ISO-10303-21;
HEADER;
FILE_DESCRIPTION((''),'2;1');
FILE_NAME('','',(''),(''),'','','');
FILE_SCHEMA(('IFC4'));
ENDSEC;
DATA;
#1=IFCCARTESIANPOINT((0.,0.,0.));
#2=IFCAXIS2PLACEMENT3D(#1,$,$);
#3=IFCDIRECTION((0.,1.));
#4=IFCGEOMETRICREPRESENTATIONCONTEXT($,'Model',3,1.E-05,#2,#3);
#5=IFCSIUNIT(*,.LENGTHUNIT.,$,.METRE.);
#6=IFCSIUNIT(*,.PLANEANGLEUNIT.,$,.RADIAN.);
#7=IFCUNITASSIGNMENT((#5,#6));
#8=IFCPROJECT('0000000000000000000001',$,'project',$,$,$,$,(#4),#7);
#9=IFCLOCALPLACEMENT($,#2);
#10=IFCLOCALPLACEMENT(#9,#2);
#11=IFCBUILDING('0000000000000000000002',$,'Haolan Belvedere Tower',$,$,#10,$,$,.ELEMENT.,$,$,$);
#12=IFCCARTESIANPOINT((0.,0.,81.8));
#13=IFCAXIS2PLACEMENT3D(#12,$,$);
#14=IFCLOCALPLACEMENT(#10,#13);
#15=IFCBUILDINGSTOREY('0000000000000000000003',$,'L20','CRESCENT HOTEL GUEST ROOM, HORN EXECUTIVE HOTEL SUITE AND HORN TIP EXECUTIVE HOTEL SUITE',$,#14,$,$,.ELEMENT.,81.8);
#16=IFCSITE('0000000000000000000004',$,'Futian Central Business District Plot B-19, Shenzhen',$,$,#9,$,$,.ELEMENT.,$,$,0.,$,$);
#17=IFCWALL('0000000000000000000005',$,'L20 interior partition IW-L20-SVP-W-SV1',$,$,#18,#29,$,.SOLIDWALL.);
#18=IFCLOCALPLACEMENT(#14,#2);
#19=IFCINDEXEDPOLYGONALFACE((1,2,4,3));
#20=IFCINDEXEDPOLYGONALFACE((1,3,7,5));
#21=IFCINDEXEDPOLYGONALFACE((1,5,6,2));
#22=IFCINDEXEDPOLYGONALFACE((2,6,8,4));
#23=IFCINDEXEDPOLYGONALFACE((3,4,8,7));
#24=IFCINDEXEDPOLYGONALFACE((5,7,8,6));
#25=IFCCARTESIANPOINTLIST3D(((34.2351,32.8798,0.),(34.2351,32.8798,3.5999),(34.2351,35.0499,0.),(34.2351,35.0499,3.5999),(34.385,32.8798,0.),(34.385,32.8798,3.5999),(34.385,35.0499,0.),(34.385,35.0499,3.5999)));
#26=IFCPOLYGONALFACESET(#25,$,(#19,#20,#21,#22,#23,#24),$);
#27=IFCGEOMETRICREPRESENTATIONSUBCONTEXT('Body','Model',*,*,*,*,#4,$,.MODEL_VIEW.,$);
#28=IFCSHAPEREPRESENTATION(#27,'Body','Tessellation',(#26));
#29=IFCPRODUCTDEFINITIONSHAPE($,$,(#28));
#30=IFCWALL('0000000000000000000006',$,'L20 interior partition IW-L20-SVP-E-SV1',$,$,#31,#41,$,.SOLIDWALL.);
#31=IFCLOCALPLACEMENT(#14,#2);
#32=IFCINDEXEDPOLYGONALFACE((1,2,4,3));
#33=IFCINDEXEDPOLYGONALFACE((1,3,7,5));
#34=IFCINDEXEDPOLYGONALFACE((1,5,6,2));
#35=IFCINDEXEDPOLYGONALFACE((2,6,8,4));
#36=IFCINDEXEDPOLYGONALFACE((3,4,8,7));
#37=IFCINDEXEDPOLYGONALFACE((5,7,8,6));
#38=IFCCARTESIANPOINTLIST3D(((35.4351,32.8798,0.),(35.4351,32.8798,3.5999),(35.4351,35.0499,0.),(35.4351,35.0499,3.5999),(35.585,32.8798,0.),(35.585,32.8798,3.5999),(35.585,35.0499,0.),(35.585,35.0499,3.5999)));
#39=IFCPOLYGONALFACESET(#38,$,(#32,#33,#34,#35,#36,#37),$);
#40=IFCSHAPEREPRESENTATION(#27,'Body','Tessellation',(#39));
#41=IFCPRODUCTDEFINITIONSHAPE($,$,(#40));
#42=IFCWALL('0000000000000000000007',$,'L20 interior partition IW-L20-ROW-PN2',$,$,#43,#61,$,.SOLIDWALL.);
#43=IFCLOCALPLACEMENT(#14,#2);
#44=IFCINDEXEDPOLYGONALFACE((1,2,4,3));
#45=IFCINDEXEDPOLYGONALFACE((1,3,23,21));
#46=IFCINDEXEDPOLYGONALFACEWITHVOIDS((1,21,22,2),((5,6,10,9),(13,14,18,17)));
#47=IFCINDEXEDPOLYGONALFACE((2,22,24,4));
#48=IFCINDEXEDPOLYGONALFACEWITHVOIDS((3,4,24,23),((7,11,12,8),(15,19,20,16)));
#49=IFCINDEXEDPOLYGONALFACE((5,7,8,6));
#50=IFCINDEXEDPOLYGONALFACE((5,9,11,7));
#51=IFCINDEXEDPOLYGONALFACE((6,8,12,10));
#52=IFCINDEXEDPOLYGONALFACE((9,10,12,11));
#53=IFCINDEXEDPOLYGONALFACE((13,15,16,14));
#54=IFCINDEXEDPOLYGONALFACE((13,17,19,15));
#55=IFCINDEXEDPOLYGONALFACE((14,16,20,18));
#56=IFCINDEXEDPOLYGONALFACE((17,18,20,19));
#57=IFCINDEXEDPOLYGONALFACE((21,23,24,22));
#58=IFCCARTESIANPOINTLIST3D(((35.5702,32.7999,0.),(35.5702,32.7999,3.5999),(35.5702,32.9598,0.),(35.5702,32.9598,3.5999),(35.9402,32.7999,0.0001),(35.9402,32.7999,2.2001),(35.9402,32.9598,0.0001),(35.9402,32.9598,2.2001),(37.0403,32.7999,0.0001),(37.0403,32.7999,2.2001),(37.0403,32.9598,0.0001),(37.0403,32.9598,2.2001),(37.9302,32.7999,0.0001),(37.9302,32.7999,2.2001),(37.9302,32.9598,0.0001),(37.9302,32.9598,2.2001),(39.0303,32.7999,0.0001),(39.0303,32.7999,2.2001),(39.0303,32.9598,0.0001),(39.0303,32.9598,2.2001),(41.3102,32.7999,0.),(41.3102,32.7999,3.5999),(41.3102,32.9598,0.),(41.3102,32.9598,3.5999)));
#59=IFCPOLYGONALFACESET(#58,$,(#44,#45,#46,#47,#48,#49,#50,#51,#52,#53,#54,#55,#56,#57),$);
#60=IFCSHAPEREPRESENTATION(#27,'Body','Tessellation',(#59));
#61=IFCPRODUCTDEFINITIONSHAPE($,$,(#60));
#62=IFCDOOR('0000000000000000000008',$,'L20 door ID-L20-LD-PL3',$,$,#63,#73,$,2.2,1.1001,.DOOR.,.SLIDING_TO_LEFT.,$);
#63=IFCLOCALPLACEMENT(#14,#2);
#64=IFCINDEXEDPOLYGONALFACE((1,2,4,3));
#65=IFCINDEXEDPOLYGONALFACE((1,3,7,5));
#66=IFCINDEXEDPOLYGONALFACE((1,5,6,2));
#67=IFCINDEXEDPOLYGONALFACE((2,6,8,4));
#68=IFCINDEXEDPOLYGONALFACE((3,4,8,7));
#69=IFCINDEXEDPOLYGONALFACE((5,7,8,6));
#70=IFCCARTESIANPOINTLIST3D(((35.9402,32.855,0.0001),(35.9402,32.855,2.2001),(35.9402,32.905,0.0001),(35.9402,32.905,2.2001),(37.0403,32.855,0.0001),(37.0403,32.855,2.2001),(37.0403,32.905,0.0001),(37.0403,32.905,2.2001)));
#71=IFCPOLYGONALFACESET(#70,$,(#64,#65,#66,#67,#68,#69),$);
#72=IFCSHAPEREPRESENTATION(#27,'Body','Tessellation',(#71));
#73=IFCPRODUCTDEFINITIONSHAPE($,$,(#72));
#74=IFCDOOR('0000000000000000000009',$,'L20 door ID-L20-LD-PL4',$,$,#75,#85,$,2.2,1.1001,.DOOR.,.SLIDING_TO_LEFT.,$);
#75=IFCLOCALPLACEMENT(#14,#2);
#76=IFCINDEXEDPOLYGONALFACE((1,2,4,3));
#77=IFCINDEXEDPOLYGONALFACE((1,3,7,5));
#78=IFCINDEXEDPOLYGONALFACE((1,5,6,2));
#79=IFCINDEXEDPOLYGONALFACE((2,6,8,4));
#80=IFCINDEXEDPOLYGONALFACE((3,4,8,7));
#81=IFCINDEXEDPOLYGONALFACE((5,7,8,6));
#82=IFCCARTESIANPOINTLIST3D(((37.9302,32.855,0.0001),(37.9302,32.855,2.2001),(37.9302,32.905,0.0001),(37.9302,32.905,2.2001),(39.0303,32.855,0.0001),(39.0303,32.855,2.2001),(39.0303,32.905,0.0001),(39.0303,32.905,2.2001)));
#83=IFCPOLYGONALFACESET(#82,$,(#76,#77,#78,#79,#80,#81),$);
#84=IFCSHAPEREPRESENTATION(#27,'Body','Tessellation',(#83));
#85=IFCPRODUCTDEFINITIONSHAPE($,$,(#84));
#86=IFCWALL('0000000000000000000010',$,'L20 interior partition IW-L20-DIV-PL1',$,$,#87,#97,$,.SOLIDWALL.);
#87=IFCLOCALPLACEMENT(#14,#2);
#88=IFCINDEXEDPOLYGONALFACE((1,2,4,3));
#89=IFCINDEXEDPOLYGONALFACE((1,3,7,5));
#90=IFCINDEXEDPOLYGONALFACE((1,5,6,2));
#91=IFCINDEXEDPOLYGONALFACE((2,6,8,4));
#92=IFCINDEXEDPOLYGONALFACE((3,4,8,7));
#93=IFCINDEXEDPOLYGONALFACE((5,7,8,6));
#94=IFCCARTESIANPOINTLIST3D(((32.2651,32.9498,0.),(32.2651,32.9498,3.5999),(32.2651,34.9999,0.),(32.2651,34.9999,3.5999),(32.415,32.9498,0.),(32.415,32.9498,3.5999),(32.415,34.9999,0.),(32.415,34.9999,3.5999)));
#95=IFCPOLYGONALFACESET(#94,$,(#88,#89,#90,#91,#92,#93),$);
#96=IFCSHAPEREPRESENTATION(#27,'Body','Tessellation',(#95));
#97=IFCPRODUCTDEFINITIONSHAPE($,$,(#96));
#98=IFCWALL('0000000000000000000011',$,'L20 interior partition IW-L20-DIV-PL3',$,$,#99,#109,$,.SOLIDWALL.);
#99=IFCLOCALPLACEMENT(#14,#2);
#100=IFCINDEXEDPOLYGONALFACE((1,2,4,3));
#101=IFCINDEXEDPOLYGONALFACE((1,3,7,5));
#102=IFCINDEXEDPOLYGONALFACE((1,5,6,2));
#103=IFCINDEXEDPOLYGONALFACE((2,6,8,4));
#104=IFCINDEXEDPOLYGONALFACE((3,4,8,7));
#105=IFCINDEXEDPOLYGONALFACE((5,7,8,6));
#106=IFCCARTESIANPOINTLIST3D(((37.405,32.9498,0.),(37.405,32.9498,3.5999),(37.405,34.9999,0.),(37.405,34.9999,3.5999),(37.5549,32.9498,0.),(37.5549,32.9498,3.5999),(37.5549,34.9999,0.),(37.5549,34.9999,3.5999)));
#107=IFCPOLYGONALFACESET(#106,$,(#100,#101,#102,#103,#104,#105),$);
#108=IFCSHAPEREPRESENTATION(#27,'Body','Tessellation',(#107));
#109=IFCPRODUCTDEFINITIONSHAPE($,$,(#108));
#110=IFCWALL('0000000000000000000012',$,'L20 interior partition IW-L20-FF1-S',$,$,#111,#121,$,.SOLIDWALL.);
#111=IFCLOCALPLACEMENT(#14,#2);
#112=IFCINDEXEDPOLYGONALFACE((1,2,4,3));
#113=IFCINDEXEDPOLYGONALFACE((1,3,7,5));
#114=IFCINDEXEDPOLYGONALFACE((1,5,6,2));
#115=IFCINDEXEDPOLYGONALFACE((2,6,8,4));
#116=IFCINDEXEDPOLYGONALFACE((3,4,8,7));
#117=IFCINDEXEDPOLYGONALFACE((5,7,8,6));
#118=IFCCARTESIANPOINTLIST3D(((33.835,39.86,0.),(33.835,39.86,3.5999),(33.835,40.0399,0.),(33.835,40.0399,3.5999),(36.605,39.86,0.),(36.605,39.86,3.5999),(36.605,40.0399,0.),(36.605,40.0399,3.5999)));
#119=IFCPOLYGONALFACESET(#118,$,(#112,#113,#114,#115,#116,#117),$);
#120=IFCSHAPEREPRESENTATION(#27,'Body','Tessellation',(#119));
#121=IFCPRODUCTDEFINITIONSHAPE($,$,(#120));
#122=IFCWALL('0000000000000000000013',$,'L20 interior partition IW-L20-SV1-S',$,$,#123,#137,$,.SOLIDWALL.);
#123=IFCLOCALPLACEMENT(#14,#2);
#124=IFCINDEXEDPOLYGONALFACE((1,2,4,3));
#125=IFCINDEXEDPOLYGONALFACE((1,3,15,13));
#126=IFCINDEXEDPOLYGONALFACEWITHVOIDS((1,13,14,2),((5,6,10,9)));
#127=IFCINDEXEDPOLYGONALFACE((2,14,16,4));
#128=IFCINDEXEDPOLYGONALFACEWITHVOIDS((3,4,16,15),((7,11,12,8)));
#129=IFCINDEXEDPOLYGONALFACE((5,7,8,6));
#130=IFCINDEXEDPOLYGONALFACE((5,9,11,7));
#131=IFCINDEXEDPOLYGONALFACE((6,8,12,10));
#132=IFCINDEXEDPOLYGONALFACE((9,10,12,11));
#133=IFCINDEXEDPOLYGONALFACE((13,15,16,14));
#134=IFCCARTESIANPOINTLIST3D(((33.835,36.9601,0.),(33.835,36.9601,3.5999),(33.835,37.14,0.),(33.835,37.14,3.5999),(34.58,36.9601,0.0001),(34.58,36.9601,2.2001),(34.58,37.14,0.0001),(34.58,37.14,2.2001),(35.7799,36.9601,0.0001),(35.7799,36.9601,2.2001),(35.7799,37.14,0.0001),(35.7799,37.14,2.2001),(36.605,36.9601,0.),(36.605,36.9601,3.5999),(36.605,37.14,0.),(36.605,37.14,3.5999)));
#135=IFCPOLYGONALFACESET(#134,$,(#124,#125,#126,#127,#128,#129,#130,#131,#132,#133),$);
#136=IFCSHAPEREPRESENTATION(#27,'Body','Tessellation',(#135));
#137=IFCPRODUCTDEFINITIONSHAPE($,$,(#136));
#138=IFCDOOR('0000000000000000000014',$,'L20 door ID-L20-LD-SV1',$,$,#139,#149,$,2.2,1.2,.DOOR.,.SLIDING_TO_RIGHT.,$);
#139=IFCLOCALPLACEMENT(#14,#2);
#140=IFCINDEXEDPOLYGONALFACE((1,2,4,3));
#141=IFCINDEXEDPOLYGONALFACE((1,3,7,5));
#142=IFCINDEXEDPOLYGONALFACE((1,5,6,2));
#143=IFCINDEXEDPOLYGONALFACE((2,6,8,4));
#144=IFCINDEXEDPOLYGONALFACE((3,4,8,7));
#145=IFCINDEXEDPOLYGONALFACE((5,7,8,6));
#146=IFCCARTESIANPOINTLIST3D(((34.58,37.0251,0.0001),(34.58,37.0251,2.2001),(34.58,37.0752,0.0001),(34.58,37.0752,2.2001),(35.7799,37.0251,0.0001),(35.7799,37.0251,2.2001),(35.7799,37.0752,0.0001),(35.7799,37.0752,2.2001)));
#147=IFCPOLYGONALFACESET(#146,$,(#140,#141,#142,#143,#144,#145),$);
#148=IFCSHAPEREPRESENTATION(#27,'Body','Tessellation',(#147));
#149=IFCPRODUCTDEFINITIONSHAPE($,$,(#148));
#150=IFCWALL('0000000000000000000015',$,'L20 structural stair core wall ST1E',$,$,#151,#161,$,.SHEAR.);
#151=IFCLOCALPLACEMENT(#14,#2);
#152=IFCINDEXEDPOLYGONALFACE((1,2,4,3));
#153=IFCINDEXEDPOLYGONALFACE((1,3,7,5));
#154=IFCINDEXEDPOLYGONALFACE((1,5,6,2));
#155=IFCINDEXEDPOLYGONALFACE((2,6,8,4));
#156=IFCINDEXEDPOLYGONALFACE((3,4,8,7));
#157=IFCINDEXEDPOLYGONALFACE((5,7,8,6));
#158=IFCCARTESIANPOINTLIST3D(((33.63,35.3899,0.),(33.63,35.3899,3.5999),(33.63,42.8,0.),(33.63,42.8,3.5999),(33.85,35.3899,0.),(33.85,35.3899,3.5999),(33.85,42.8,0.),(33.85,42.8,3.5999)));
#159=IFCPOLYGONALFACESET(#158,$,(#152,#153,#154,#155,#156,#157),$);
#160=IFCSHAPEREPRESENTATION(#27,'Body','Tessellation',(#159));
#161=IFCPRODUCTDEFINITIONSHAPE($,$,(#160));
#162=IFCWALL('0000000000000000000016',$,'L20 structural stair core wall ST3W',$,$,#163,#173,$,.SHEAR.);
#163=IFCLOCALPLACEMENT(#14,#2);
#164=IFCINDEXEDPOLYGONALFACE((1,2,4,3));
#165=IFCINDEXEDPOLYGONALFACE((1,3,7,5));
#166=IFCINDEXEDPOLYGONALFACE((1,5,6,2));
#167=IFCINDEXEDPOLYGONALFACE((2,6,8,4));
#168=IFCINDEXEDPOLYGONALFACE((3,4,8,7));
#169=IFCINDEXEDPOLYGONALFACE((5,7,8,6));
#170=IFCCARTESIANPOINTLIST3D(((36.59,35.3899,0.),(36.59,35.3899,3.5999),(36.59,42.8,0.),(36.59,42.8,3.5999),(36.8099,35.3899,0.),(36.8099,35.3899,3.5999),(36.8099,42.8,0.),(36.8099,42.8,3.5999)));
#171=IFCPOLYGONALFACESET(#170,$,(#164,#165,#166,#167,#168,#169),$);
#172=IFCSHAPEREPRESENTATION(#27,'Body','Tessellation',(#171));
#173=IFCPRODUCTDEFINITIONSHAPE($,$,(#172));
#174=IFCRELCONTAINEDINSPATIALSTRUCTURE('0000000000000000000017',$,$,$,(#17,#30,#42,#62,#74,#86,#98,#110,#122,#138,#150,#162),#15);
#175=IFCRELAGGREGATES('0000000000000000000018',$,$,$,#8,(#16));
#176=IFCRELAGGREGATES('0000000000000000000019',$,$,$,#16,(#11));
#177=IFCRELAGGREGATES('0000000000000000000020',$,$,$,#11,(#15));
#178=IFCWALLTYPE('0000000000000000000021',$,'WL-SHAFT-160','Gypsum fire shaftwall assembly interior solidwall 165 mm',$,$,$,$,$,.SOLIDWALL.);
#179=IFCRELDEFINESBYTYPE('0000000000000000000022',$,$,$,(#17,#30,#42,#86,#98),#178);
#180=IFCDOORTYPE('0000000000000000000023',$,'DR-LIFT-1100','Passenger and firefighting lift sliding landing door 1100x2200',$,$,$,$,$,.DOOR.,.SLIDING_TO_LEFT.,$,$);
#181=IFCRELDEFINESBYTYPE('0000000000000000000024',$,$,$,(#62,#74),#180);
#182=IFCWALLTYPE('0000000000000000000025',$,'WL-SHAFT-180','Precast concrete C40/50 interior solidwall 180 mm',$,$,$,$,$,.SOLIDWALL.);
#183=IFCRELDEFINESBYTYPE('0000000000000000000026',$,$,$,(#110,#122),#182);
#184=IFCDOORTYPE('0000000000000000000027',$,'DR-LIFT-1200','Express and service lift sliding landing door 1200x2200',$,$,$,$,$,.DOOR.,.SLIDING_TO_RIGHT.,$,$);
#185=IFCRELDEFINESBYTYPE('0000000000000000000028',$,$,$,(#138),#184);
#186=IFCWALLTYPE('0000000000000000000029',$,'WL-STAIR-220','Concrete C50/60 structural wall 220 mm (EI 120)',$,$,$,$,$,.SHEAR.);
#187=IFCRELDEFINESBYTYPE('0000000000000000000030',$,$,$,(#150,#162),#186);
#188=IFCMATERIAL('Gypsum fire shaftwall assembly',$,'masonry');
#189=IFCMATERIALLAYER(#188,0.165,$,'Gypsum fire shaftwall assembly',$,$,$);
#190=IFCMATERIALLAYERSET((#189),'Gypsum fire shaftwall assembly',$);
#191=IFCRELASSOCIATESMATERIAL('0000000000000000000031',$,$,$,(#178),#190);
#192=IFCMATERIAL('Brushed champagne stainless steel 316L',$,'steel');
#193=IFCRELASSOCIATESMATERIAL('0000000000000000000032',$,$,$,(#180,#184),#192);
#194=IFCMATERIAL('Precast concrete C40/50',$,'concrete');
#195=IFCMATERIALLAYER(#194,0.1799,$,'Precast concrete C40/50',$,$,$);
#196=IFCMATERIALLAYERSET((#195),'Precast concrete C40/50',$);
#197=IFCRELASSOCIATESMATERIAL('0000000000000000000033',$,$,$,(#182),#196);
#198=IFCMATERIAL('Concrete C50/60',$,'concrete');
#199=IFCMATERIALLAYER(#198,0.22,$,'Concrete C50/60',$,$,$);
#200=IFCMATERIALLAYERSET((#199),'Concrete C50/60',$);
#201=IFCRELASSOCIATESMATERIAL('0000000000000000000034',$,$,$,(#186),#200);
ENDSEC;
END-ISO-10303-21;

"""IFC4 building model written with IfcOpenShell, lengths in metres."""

from ifc_helpers import new_model, si_unit, direction, frame, frame_2d, origin, place, context, subcontext, project, spatial, rectangle, extrude, material, layer, layer_set, type_object, element, fill, save


model = new_model("IFC4")

# Units and contexts
model_context = context("Model", 3, precision=1e-05, world=origin(), true_north=direction((0.0, 1.0)))
body_context = subcontext(model_context, "Body", "Model", "MODEL_VIEW")
ifc_project = project(units=[si_unit("LENGTHUNIT", "METRE"), si_unit("PLANEANGLEUNIT", "RADIAN")], contexts=[model_context])

# Site, building, storey
site_placement = place(None, origin())
site = spatial("IfcSite", under=ifc_project, at=site_placement, Name="Futian Central Business District Plot B-19, Shenzhen", CompositionType="ELEMENT", RefElevation=0.0)
building_placement = place(site_placement, origin())
building = spatial("IfcBuilding", under=site, at=building_placement, Name="Haolan Belvedere Tower", CompositionType="ELEMENT")
storey_placement = place(building_placement, frame((0.0, 0.0, 81.8)))
storey = spatial("IfcBuildingStorey", under=building, at=storey_placement, Name="L20", Description="CRESCENT HOTEL GUEST ROOM, HORN EXECUTIVE HOTEL SUITE AND HORN TIP EXECUTIVE HOTEL SUITE", CompositionType="ELEMENT", Elevation=81.8)

# Walls
ifc_material_1 = material(Name="Gypsum fire shaftwall assembly", Category="masonry")
ifc_layer_1 = layer(ifc_material_1, 0.165, Name="Gypsum fire shaftwall assembly")
ifc_layer_set_1 = layer_set([ifc_layer_1], Name="Gypsum fire shaftwall assembly")
wall_type_1 = type_object("IfcWallType", Name="WL-SHAFT-160", Description="Gypsum fire shaftwall assembly interior solidwall 165 mm", PredefinedType="SOLIDWALL", material=ifc_layer_set_1)
for number, where, z_axis, x_axis, name in (
    (1, (34.3101, 32.8799, 0.0), (0.0, 0.0, 1.0), (0.0, 1.0, 0.0), "L20 interior partition IW-L20-SVP-W-SV1"),
    (2, (35.51, 32.8799, 0.0), (0.0, 0.0, 1.0), (0.0, 1.0, 0.0), "L20 interior partition IW-L20-SVP-E-SV1"),
):
    element("IfcWall", number, at=place(storey_placement, frame(where, z_axis=z_axis, x_axis=x_axis)), inside=storey, type_object=wall_type_1, Name=name, PredefinedType="SOLIDWALL", context=body_context, shape_type="SweptSolid", body=[
        extrude(rectangle(XDim=2.1702, YDim=0.1499, at=frame_2d((1.085, 0.0))), origin(), (0.0, 0.0, 1.0), 3.5999),
    ])

# Wall, openings, doors
wall_1_placement = place(storey_placement, frame((35.5701, 32.8799, 0.0), z_axis=(0.0, 0.0, 1.0), x_axis=(1.0, 0.0, 0.0)))
wall_1 = element("IfcWall", 3, at=wall_1_placement, inside=storey, type_object=wall_type_1, Name="L20 interior partition IW-L20-ROW-PN2", PredefinedType="SOLIDWALL", context=body_context, shape_type="SweptSolid", body=[
    extrude(rectangle(XDim=5.74, YDim=0.1599, at=frame_2d((2.8701, 0.0))), origin(), (0.0, 0.0, 1.0), 3.5999),
])
opening_1_placement = place(wall_1_placement, frame((1.4702, 0.0, 0.0), z_axis=(0.0, 0.0, 1.0), x_axis=(-1.0, 0.0, 0.0)))
opening_1 = element("IfcOpeningElement", 4, at=opening_1_placement, cuts=wall_1, PredefinedType="OPENING", context=body_context, shape_type="SweptSolid", body=[
    extrude(rectangle(XDim=1.1001, YDim=2.2, at=frame_2d((0.55, 1.1001))), frame((0.0, 0.0898, 0.0), z_axis=(0.0, -1.0, 0.0), x_axis=(1.0, 0.0, 0.0)), (0.0, 0.0, 1.0), 0.1799),
])
opening_2_placement = place(wall_1_placement, frame((3.4602, 0.0, 0.0), z_axis=(0.0, 0.0, 1.0), x_axis=(-1.0, 0.0, 0.0)))
opening_2 = element("IfcOpeningElement", 5, at=opening_2_placement, cuts=wall_1, PredefinedType="OPENING", context=body_context, shape_type="SweptSolid", body=[
    extrude(rectangle(XDim=1.1001, YDim=2.2, at=frame_2d((0.55, 1.1001))), frame((0.0, 0.0898, 0.0), z_axis=(0.0, -1.0, 0.0), x_axis=(1.0, 0.0, 0.0)), (0.0, 0.0, 1.0), 0.1799),
])
ifc_material_2 = material(Name="Brushed champagne stainless steel 316L", Category="steel")
door_type_1 = type_object("IfcDoorType", Name="DR-LIFT-1100", Description="Passenger and firefighting lift sliding landing door 1100x2200", OperationType="SLIDING_TO_LEFT", PredefinedType="DOOR", material=ifc_material_2)
door_1_placement = place(opening_1_placement, origin())
door_1 = element("IfcDoor", 6, at=door_1_placement, inside=storey, type_object=door_type_1, Name="L20 door ID-L20-LD-PL3", OperationType="SLIDING_TO_LEFT", OverallHeight=2.2, OverallWidth=1.1001, PredefinedType="DOOR", context=body_context, shape_type="SweptSolid", body=[
    extrude(rectangle(XDim=1.1001, YDim=2.2, at=frame_2d((0.55, 1.1001))), frame((0.0, 0.0249, 0.0), z_axis=(0.0, -1.0, 0.0), x_axis=(1.0, 0.0, 0.0)), (0.0, 0.0, 1.0), 0.05),
])
fill(opening_1, door_1)
door_2_placement = place(opening_2_placement, origin())
door_2 = element("IfcDoor", 7, at=door_2_placement, inside=storey, type_object=door_type_1, Name="L20 door ID-L20-LD-PL4", OperationType="SLIDING_TO_LEFT", OverallHeight=2.2, OverallWidth=1.1001, PredefinedType="DOOR", context=body_context, shape_type="SweptSolid", body=[
    extrude(rectangle(XDim=1.1001, YDim=2.2, at=frame_2d((0.55, 1.1001))), frame((0.0, 0.0249, 0.0), z_axis=(0.0, -1.0, 0.0), x_axis=(1.0, 0.0, 0.0)), (0.0, 0.0, 1.0), 0.05),
])
fill(opening_2, door_2)

# Walls
for number, where, z_axis, x_axis, name in (
    (8, (32.3401, 32.95, 0.0), (0.0, 0.0, 1.0), (0.0, 1.0, 0.0), "L20 interior partition IW-L20-DIV-PL1"),
    (9, (37.48, 32.95, 0.0), (0.0, 0.0, 1.0), (0.0, 1.0, 0.0), "L20 interior partition IW-L20-DIV-PL3"),
):
    element("IfcWall", number, at=place(storey_placement, frame(where, z_axis=z_axis, x_axis=x_axis)), inside=storey, type_object=wall_type_1, Name=name, PredefinedType="SOLIDWALL", context=body_context, shape_type="SweptSolid", body=[
        extrude(rectangle(XDim=2.05, YDim=0.1499, at=frame_2d((1.0249, 0.0))), origin(), (0.0, 0.0, 1.0), 3.5999),
    ])
ifc_material_3 = material(Name="Precast concrete C40/50", Category="concrete")
ifc_layer_2 = layer(ifc_material_3, 0.1799, Name="Precast concrete C40/50")
ifc_layer_set_2 = layer_set([ifc_layer_2], Name="Precast concrete C40/50")
wall_type_2 = type_object("IfcWallType", Name="WL-SHAFT-180", Description="Precast concrete C40/50 interior solidwall 180 mm", PredefinedType="SOLIDWALL", material=ifc_layer_set_2)
wall_2_placement = place(storey_placement, frame((33.835, 39.95, 0.0), z_axis=(0.0, 0.0, 1.0), x_axis=(1.0, 0.0, 0.0)))
element("IfcWall", 10, at=wall_2_placement, inside=storey, type_object=wall_type_2, Name="L20 interior partition IW-L20-FF1-S", PredefinedType="SOLIDWALL", context=body_context, shape_type="SweptSolid", body=[
    extrude(rectangle(XDim=2.77, YDim=0.1799, at=frame_2d((1.385, 0.0))), origin(), (0.0, 0.0, 1.0), 3.5999),
])

# Wall, opening, door
wall_3_placement = place(storey_placement, frame((33.835, 37.05, 0.0), z_axis=(0.0, 0.0, 1.0), x_axis=(1.0, 0.0, 0.0)))
wall_3 = element("IfcWall", 11, at=wall_3_placement, inside=storey, type_object=wall_type_2, Name="L20 interior partition IW-L20-SV1-S", PredefinedType="SOLIDWALL", context=body_context, shape_type="SweptSolid", body=[
    extrude(rectangle(XDim=2.77, YDim=0.1799, at=frame_2d((1.385, 0.0))), origin(), (0.0, 0.0, 1.0), 3.5999),
])
opening_3_placement = place(wall_3_placement, frame((1.9451, 0.0, 0.0), z_axis=(0.0, 0.0, 1.0), x_axis=(-1.0, 0.0, 0.0)))
opening_3 = element("IfcOpeningElement", 12, at=opening_3_placement, cuts=wall_3, PredefinedType="OPENING", context=body_context, shape_type="SweptSolid", body=[
    extrude(rectangle(XDim=1.2, YDim=2.2, at=frame_2d((0.6001, 1.1001))), frame((0.0, 0.0999, 0.0), z_axis=(0.0, -1.0, 0.0), x_axis=(1.0, 0.0, 0.0)), (0.0, 0.0, 1.0), 0.2),
])
door_type_2 = type_object("IfcDoorType", Name="DR-LIFT-1200", Description="Express and service lift sliding landing door 1200x2200", OperationType="SLIDING_TO_RIGHT", PredefinedType="DOOR", material=ifc_material_2)
door_3_placement = place(opening_3_placement, origin())
door_3 = element("IfcDoor", 13, at=door_3_placement, inside=storey, type_object=door_type_2, Name="L20 door ID-L20-LD-SV1", OperationType="SLIDING_TO_RIGHT", OverallHeight=2.2, OverallWidth=1.2, PredefinedType="DOOR", context=body_context, shape_type="SweptSolid", body=[
    extrude(rectangle(XDim=1.2, YDim=2.2, at=frame_2d((0.6001, 1.1001))), frame((0.0, 0.0249, 0.0), z_axis=(0.0, -1.0, 0.0), x_axis=(1.0, 0.0, 0.0)), (0.0, 0.0, 1.0), 0.05),
])
fill(opening_3, door_3)

# Walls
ifc_material_4 = material(Name="Concrete C50/60", Category="concrete")
ifc_layer_3 = layer(ifc_material_4, 0.22, Name="Concrete C50/60")
ifc_layer_set_3 = layer_set([ifc_layer_3], Name="Concrete C50/60")
wall_type_3 = type_object("IfcWallType", Name="WL-STAIR-220", Description="Concrete C50/60 structural wall 220 mm (EI 120)", PredefinedType="SHEAR", material=ifc_layer_set_3)
for number, where, z_axis, x_axis, name in (
    (14, (33.74, 35.3899, 0.0), (0.0, 0.0, 1.0), (0.0, 1.0, 0.0), "L20 structural stair core wall ST1E"),
    (15, (36.7, 35.3899, 0.0), (0.0, 0.0, 1.0), (0.0, 1.0, 0.0), "L20 structural stair core wall ST3W"),
):
    element("IfcWall", number, at=place(storey_placement, frame(where, z_axis=z_axis, x_axis=x_axis)), inside=storey, type_object=wall_type_3, Name=name, PredefinedType="SHEAR", context=body_context, shape_type="SweptSolid", body=[
        extrude(rectangle(XDim=7.4102, YDim=0.22, at=frame_2d((3.7051, 0.0))), origin(), (0.0, 0.0, 1.0), 3.5999),
    ])

save(model, "model.ifc")
